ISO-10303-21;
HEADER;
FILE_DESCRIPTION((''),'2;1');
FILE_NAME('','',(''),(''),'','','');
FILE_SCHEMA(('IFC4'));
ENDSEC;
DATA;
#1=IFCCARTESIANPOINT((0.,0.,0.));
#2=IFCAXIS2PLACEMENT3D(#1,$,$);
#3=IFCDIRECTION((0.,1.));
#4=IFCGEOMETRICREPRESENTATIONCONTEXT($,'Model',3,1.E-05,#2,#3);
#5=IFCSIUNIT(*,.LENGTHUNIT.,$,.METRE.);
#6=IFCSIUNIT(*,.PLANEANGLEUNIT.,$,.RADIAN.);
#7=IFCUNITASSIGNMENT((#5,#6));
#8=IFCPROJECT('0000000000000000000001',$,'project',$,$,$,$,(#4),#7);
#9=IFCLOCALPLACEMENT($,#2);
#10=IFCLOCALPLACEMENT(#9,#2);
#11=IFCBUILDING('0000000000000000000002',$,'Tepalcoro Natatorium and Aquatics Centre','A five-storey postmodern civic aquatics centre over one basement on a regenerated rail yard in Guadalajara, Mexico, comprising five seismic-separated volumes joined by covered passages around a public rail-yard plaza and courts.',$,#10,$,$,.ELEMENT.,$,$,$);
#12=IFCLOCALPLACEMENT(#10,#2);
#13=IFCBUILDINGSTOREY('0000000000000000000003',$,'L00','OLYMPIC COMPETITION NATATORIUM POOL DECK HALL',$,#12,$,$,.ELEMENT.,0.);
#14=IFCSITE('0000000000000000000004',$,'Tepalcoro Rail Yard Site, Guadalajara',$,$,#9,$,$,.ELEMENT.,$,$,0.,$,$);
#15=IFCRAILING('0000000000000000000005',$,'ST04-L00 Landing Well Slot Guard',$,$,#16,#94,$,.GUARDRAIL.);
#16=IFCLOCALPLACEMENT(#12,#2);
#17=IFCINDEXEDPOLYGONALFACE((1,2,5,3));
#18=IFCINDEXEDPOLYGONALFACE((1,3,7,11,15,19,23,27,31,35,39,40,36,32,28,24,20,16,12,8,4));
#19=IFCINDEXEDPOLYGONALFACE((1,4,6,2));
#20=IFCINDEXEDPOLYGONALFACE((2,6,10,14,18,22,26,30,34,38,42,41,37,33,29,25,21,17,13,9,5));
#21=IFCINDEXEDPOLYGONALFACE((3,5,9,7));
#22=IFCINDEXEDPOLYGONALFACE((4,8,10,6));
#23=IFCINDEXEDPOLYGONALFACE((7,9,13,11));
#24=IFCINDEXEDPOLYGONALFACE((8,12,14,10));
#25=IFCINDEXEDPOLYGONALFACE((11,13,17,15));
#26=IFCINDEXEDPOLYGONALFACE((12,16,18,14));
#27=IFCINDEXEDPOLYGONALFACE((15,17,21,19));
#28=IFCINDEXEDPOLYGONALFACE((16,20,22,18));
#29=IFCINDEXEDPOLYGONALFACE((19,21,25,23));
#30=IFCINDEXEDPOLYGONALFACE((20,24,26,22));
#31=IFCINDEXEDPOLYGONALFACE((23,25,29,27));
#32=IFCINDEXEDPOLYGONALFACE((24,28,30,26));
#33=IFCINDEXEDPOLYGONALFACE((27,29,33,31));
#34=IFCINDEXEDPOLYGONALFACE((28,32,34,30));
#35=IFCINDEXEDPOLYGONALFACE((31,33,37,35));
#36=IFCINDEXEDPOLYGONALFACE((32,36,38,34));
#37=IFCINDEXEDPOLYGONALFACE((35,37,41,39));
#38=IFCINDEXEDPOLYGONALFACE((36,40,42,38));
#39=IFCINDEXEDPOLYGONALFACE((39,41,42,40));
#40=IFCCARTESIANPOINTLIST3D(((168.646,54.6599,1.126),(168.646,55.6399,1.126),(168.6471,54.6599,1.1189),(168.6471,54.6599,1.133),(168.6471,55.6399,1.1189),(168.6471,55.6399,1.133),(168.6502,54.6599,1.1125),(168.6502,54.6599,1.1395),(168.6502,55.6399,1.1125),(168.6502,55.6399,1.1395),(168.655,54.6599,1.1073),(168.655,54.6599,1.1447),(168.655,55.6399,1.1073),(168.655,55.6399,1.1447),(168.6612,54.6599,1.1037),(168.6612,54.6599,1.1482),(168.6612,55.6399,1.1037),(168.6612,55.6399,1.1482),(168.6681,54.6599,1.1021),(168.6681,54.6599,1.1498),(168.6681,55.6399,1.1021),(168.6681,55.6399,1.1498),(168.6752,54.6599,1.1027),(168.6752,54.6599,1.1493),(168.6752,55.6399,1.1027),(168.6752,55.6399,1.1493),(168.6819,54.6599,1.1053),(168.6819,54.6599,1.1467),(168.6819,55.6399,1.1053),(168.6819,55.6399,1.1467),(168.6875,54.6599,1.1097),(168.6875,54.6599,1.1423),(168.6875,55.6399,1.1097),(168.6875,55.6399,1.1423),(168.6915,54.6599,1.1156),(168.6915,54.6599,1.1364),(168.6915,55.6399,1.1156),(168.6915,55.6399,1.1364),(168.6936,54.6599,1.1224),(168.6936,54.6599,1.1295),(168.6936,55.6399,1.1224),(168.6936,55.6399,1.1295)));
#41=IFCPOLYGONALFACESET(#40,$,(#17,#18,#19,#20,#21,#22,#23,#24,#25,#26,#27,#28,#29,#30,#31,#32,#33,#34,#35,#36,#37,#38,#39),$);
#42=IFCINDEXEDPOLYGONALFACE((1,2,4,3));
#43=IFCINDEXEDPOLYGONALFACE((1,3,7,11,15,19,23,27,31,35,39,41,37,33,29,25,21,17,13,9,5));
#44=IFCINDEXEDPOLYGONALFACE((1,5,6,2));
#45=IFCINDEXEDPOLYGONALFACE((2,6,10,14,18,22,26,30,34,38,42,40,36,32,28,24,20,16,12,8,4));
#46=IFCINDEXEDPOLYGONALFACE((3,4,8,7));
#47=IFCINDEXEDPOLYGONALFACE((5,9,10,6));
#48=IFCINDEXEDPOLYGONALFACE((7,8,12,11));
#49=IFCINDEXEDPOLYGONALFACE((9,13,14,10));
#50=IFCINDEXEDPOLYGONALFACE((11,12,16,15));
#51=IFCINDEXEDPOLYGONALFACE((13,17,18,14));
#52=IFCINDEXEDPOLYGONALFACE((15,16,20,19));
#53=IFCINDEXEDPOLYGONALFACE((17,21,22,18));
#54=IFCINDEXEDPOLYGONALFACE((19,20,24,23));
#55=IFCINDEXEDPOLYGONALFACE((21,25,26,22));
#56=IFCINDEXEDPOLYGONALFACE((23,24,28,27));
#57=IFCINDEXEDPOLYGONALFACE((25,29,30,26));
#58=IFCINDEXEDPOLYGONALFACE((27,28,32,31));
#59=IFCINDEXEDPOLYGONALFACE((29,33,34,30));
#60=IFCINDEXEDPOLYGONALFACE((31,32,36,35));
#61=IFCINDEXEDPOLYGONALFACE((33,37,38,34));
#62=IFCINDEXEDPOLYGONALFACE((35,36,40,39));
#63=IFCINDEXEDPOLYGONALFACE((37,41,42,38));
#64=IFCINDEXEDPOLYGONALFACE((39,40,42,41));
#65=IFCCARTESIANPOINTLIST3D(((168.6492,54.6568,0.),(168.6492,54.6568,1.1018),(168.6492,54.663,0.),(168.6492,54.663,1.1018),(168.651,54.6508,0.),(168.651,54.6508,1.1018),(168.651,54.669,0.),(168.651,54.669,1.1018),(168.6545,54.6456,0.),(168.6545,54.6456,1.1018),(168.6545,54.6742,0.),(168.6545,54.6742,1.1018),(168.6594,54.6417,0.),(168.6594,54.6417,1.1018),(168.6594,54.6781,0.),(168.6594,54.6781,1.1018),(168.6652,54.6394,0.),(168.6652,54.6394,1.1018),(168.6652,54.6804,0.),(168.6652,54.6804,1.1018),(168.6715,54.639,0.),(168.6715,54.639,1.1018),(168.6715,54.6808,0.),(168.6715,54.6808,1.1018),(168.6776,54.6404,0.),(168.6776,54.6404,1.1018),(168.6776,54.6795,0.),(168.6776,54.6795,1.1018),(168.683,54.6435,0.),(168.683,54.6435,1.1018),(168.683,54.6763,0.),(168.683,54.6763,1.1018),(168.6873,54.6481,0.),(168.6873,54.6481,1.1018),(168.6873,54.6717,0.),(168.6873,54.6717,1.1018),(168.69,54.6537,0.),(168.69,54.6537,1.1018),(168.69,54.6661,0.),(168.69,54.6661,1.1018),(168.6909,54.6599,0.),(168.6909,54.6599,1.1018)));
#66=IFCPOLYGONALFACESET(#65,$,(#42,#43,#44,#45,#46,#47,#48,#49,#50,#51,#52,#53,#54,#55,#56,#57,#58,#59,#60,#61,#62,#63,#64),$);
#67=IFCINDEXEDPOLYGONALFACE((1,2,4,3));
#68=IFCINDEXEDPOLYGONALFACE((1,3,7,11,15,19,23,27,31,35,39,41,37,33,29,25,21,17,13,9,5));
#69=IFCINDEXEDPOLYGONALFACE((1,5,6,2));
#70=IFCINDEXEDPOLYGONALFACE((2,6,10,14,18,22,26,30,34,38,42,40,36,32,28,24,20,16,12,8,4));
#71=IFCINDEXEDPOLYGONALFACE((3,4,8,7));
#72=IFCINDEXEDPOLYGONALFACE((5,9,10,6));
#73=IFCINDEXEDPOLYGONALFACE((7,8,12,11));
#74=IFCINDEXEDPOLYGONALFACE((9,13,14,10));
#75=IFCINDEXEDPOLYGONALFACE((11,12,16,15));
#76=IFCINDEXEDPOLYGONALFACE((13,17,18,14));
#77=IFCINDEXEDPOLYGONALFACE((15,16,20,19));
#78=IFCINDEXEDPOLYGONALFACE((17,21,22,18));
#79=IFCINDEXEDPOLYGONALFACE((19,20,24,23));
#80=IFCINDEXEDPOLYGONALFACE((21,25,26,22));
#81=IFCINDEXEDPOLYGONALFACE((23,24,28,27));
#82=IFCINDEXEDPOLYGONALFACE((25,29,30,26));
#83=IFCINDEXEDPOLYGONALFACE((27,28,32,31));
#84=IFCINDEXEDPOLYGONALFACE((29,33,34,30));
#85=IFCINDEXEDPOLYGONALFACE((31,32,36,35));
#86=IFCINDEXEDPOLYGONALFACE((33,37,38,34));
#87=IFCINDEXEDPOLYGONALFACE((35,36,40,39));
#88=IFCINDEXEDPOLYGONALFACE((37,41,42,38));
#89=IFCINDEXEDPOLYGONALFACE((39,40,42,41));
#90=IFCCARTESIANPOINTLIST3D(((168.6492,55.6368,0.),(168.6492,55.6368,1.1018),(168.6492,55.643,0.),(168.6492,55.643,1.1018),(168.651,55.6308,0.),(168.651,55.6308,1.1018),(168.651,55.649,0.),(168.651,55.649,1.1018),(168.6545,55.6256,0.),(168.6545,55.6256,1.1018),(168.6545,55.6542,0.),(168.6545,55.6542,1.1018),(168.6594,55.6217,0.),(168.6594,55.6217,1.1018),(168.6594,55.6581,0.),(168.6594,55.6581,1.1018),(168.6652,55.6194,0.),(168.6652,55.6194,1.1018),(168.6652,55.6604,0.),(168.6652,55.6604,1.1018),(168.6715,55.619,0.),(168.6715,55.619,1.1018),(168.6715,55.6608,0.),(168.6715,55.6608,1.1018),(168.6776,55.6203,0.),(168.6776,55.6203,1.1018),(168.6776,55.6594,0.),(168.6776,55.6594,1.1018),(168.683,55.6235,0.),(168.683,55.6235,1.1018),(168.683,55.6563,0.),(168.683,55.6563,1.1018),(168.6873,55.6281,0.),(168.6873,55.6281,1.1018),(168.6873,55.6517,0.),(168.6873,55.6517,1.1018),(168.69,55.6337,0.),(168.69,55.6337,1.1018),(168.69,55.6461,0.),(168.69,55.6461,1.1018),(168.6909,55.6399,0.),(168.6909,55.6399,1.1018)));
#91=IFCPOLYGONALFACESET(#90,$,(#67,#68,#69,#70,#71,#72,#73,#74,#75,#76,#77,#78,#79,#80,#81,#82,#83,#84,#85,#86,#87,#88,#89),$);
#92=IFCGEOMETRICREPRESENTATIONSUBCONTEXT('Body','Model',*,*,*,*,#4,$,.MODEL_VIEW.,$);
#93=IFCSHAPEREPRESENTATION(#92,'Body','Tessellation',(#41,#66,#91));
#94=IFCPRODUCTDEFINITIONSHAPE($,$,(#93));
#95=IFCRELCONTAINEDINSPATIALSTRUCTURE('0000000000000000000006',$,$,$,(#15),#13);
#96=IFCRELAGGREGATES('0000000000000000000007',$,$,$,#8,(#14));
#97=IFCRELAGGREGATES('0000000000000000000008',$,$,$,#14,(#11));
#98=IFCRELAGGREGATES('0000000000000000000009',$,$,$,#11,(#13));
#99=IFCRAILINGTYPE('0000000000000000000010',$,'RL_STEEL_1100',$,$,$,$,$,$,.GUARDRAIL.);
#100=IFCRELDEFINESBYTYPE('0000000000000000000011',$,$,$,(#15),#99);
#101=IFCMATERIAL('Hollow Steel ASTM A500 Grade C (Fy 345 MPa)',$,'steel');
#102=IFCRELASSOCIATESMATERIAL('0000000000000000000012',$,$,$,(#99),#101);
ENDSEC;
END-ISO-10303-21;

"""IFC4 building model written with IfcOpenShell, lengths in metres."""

from ifc_helpers import new_model, si_unit, direction, frame, origin, origin_2d, place, context, subcontext, project, spatial, circle, extrude, material, type_object, element, save


model = new_model("IFC4")

# Units and contexts
model_context = context("Model", 3, precision=1e-05, world=origin(), true_north=direction((0.0, 1.0)))
body_context = subcontext(model_context, "Body", "Model", "MODEL_VIEW")
ifc_project = project(units=[si_unit("LENGTHUNIT", "METRE"), si_unit("PLANEANGLEUNIT", "RADIAN")], contexts=[model_context])

# Site, building, storey
site_placement = place(None, origin())
site = spatial("IfcSite", under=ifc_project, at=site_placement, Name="Tepalcoro Rail Yard Site, Guadalajara", CompositionType="ELEMENT", RefElevation=0.0)
building_placement = place(site_placement, origin())
building = spatial("IfcBuilding", under=site, at=building_placement, Name="Tepalcoro Natatorium and Aquatics Centre", Description="A five-storey postmodern civic aquatics centre over one basement on a regenerated rail yard in Guadalajara, Mexico, comprising five seismic-separated volumes joined by covered passages around a public rail-yard plaza and courts.", CompositionType="ELEMENT")
storey_placement = place(building_placement, origin())
storey = spatial("IfcBuildingStorey", under=building, at=storey_placement, Name="L00", Description="OLYMPIC COMPETITION NATATORIUM POOL DECK HALL", CompositionType="ELEMENT", Elevation=0.0)

# Railing
ifc_material_1 = material(Name="Hollow Steel ASTM A500 Grade C (Fy 345 MPa)", Category="steel")
railing_type_1 = type_object("IfcRailingType", Name="RL_STEEL_1100", PredefinedType="GUARDRAIL", material=ifc_material_1)
railing_1_placement = place(storey_placement, frame((168.6699, 54.6599, 0.0)))
element("IfcRailing", 1, at=railing_1_placement, inside=storey, type_object=railing_type_1, Name="ST04-L00 Landing Well Slot Guard", PredefinedType="GUARDRAIL", context=body_context, shape_type="SweptSolid", body=[
    extrude(circle(Radius=0.0239, at=origin_2d()), frame((0.0, 0.0, 1.126), z_axis=(0.0, 1.0, 0.0), x_axis=(-1.0, 0.0, 0.0)), (0.0, 0.0, 1.0), 0.98),
    extrude(circle(Radius=0.021, at=origin_2d()), origin(), (0.0, 0.0, 1.0), 1.1018),
    extrude(circle(Radius=0.021, at=origin_2d()), frame((0.0, 0.98, 0.0)), (0.0, 0.0, 1.0), 1.1018),
])

save(model, "model.ifc")
